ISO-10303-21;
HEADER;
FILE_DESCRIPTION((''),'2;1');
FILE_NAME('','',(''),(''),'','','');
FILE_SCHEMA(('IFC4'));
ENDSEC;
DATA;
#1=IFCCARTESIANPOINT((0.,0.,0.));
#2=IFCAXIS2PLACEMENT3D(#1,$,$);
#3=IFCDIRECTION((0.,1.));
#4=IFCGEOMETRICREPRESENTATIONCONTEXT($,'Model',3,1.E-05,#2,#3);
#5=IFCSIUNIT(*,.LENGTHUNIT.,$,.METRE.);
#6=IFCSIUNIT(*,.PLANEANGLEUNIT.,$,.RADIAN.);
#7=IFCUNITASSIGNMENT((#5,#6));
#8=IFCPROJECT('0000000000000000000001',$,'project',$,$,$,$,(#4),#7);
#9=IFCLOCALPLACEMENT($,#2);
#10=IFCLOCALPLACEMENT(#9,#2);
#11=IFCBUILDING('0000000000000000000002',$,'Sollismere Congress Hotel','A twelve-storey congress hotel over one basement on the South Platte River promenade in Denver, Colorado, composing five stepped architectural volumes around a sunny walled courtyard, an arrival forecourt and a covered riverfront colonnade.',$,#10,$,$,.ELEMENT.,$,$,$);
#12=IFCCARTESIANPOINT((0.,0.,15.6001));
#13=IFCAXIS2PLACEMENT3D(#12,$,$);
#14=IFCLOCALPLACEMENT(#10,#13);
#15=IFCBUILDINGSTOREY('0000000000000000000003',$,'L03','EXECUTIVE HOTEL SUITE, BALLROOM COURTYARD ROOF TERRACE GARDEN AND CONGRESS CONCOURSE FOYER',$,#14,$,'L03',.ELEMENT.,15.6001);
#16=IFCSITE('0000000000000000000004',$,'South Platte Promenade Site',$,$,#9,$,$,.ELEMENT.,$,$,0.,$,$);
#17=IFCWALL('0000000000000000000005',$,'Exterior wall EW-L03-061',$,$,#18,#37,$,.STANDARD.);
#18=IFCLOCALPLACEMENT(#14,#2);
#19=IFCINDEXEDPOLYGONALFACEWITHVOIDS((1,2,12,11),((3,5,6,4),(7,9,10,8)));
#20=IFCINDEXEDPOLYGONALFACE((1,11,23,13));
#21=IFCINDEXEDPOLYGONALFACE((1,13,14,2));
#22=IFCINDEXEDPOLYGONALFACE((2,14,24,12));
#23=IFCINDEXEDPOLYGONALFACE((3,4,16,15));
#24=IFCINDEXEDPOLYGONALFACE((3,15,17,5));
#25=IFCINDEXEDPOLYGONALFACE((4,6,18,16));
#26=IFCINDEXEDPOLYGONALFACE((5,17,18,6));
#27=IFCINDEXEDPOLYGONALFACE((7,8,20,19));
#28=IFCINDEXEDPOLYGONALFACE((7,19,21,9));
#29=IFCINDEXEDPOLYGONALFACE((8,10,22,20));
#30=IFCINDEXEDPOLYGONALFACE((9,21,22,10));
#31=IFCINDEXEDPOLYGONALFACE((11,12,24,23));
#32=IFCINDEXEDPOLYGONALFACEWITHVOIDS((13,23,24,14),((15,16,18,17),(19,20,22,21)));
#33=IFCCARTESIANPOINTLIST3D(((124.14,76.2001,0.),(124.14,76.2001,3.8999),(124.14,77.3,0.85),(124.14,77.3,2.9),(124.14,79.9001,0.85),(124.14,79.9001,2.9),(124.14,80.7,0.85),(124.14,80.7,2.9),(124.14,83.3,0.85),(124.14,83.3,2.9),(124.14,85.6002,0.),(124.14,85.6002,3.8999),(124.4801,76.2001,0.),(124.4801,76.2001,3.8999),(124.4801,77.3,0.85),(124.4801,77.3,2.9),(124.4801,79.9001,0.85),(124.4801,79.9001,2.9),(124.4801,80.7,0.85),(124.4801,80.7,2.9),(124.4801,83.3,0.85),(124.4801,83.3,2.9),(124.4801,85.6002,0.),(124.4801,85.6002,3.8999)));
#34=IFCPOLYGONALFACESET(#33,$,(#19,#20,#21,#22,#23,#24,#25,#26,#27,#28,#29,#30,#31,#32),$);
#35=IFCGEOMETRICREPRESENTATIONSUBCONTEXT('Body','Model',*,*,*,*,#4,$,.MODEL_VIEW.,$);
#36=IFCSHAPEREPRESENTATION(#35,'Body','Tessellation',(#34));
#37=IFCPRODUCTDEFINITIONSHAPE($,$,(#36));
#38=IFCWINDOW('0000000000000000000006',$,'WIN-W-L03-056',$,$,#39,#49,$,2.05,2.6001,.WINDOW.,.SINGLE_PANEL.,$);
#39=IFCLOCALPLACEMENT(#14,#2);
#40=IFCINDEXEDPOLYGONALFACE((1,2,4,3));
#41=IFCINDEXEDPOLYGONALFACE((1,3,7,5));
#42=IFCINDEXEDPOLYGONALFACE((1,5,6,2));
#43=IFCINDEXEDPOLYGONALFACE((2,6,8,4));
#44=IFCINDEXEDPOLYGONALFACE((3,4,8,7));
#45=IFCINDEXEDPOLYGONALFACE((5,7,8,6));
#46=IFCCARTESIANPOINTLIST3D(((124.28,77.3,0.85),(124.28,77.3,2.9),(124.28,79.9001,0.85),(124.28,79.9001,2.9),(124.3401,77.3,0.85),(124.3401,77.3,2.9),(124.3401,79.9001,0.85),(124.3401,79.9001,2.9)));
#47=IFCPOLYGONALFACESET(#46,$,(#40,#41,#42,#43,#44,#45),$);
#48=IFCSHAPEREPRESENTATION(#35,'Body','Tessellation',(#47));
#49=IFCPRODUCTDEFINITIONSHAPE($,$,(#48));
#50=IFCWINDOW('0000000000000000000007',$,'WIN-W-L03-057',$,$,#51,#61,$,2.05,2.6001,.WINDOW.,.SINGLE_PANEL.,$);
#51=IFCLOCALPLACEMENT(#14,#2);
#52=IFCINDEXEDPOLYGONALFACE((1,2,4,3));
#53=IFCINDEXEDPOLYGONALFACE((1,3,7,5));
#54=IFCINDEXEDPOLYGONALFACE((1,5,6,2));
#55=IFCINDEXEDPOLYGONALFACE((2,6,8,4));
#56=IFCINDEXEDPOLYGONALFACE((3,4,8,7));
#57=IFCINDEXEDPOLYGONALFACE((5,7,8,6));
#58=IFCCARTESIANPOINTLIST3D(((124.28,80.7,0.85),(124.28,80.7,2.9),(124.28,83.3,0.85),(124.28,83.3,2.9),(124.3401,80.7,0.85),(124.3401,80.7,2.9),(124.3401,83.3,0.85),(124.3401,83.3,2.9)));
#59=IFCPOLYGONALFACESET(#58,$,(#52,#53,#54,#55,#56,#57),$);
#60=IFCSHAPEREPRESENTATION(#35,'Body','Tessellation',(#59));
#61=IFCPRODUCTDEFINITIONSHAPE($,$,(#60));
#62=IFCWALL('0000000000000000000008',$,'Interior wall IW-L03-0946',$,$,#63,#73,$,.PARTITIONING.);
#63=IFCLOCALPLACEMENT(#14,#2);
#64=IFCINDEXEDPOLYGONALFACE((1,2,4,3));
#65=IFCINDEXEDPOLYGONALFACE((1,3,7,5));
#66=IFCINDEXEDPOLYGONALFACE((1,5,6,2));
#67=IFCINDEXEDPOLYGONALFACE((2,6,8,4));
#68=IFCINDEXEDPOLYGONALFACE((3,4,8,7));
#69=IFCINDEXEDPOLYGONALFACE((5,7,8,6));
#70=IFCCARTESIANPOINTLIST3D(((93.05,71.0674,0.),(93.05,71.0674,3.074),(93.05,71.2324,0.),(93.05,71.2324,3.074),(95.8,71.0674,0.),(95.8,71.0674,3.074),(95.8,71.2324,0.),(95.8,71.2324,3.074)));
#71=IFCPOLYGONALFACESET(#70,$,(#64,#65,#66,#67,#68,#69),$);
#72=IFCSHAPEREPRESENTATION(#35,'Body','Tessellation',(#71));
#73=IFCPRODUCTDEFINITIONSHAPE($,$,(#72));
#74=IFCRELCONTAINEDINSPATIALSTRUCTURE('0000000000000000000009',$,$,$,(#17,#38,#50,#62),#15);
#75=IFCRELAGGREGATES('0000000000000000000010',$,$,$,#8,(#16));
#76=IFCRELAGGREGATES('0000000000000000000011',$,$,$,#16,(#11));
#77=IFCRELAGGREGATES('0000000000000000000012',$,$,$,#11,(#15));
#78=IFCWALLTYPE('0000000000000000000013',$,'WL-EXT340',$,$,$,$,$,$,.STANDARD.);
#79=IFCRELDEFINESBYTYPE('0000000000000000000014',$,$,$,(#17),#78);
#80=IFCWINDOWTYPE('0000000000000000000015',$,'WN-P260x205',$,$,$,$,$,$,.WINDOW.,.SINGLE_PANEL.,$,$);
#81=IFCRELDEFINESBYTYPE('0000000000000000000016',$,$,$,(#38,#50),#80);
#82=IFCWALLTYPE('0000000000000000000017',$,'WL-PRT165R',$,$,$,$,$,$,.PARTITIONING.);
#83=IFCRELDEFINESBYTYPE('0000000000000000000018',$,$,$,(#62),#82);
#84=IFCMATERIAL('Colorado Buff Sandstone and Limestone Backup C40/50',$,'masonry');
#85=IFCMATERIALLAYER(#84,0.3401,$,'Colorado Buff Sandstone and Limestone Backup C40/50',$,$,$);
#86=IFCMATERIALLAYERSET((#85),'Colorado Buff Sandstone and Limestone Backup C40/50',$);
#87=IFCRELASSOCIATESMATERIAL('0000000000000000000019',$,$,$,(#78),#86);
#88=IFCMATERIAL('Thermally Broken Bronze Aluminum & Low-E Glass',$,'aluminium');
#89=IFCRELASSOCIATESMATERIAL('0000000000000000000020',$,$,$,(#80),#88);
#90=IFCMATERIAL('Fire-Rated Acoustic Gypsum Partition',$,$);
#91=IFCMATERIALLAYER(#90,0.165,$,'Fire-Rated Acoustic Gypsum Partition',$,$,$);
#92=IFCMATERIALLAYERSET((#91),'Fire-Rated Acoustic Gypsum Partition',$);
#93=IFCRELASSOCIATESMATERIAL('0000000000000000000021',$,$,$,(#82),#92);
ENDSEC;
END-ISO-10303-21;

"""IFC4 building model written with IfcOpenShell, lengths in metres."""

from ifc_helpers import new_model, si_unit, direction, frame, frame_2d, origin, place, context, subcontext, project, spatial, rectangle, extrude, material, layer, layer_set, type_object, element, fill, save


model = new_model("IFC4")

# Units and contexts
model_context = context("Model", 3, precision=1e-05, world=origin(), true_north=direction((0.0, 1.0)))
body_context = subcontext(model_context, "Body", "Model", "MODEL_VIEW")
ifc_project = project(units=[si_unit("LENGTHUNIT", "METRE"), si_unit("PLANEANGLEUNIT", "RADIAN")], contexts=[model_context])

# Site, building, storey
site_placement = place(None, origin())
site = spatial("IfcSite", under=ifc_project, at=site_placement, Name="South Platte Promenade Site", CompositionType="ELEMENT", RefElevation=0.0)
building_placement = place(site_placement, origin())
building = spatial("IfcBuilding", under=site, at=building_placement, Name="Sollismere Congress Hotel", Description="A twelve-storey congress hotel over one basement on the South Platte River promenade in Denver, Colorado, composing five stepped architectural volumes around a sunny walled courtyard, an arrival forecourt and a covered riverfront colonnade.", CompositionType="ELEMENT")
storey_placement = place(building_placement, frame((0.0, 0.0, 15.6001)))
storey = spatial("IfcBuildingStorey", under=building, at=storey_placement, Name="L03", Description="EXECUTIVE HOTEL SUITE, BALLROOM COURTYARD ROOF TERRACE GARDEN AND CONGRESS CONCOURSE FOYER", LongName="L03", CompositionType="ELEMENT", Elevation=15.6001)

# Wall, openings, windows
ifc_material_1 = material(Name="Colorado Buff Sandstone and Limestone Backup C40/50", Category="masonry")
ifc_layer_1 = layer(ifc_material_1, 0.3401, Name="Colorado Buff Sandstone and Limestone Backup C40/50")
ifc_layer_set_1 = layer_set([ifc_layer_1], Name="Colorado Buff Sandstone and Limestone Backup C40/50")
wall_type_1 = type_object("IfcWallType", Name="WL-EXT340", PredefinedType="STANDARD", material=ifc_layer_set_1)
wall_1_placement = place(storey_placement, frame((124.3101, 76.2, 0.0), z_axis=(0.0, 0.0, 1.0), x_axis=(0.0, 1.0, 0.0)))
wall_1 = element("IfcWall", 1, at=wall_1_placement, inside=storey, type_object=wall_type_1, Name="Exterior wall EW-L03-061", PredefinedType="STANDARD", context=body_context, shape_type="SweptSolid", body=[
    extrude(rectangle(XDim=9.4001, YDim=0.3401, at=frame_2d((4.7002, 0.0))), origin(), (0.0, 0.0, 1.0), 3.8999),
])
opening_1_placement = place(wall_1_placement, frame((1.1001, 0.0, 0.8501)))
opening_1 = element("IfcOpeningElement", 2, at=opening_1_placement, cuts=wall_1, PredefinedType="OPENING", context=body_context, shape_type="SweptSolid", body=[
    extrude(rectangle(XDim=2.6001, YDim=2.05, at=frame_2d((1.3, 1.0249))), frame((0.0, 0.1799, 0.0), z_axis=(0.0, -1.0, 0.0), x_axis=(1.0, 0.0, 0.0)), (0.0, 0.0, 1.0), 0.3601),
])
opening_2_placement = place(wall_1_placement, frame((4.5, 0.0, 0.8501)))
opening_2 = element("IfcOpeningElement", 3, at=opening_2_placement, cuts=wall_1, PredefinedType="OPENING", context=body_context, shape_type="SweptSolid", body=[
    extrude(rectangle(XDim=2.6001, YDim=2.05, at=frame_2d((1.3, 1.0249))), frame((0.0, 0.1799, 0.0), z_axis=(0.0, -1.0, 0.0), x_axis=(1.0, 0.0, 0.0)), (0.0, 0.0, 1.0), 0.3601),
])
ifc_material_2 = material(Name="Thermally Broken Bronze Aluminum & Low-E Glass", Category="aluminium")
window_type = type_object("IfcWindowType", Name="WN-P260x205", PartitioningType="SINGLE_PANEL", PredefinedType="WINDOW", material=ifc_material_2)
window_1_placement = place(opening_1_placement, origin())
window_1 = element("IfcWindow", 4, at=window_1_placement, inside=storey, type_object=window_type, Name="WIN-W-L03-056", OverallHeight=2.05, OverallWidth=2.6001, PartitioningType="SINGLE_PANEL", PredefinedType="WINDOW", context=body_context, shape_type="SweptSolid", body=[
    extrude(rectangle(XDim=2.6001, YDim=2.05, at=frame_2d((1.3, 1.0249))), frame((0.0, 0.03, 0.0), z_axis=(0.0, -1.0, 0.0), x_axis=(1.0, 0.0, 0.0)), (0.0, 0.0, 1.0), 0.0601),
])
fill(opening_1, window_1)
window_2_placement = place(opening_2_placement, origin())
window_2 = element("IfcWindow", 5, at=window_2_placement, inside=storey, type_object=window_type, Name="WIN-W-L03-057", OverallHeight=2.05, OverallWidth=2.6001, PartitioningType="SINGLE_PANEL", PredefinedType="WINDOW", context=body_context, shape_type="SweptSolid", body=[
    extrude(rectangle(XDim=2.6001, YDim=2.05, at=frame_2d((1.3, 1.0249))), frame((0.0, 0.03, 0.0), z_axis=(0.0, -1.0, 0.0), x_axis=(1.0, 0.0, 0.0)), (0.0, 0.0, 1.0), 0.0601),
])
fill(opening_2, window_2)

# Wall
ifc_material_3 = material(Name="Fire-Rated Acoustic Gypsum Partition")
ifc_layer_2 = layer(ifc_material_3, 0.165, Name="Fire-Rated Acoustic Gypsum Partition")
ifc_layer_set_2 = layer_set([ifc_layer_2], Name="Fire-Rated Acoustic Gypsum Partition")
wall_type_2 = type_object("IfcWallType", Name="WL-PRT165R", PredefinedType="PARTITIONING", material=ifc_layer_set_2)
wall_2_placement = place(storey_placement, frame((93.05, 71.1499, 0.0), z_axis=(0.0, 0.0, 1.0), x_axis=(1.0, 0.0, 0.0)))
element("IfcWall", 6, at=wall_2_placement, inside=storey, type_object=wall_type_2, Name="Interior wall IW-L03-0946", PredefinedType="PARTITIONING", context=body_context, shape_type="SweptSolid", body=[
    extrude(rectangle(XDim=2.75, YDim=0.165, at=frame_2d((1.375, 0.0))), origin(), (0.0, 0.0, 1.0), 3.074),
])

save(model, "model.ifc")
